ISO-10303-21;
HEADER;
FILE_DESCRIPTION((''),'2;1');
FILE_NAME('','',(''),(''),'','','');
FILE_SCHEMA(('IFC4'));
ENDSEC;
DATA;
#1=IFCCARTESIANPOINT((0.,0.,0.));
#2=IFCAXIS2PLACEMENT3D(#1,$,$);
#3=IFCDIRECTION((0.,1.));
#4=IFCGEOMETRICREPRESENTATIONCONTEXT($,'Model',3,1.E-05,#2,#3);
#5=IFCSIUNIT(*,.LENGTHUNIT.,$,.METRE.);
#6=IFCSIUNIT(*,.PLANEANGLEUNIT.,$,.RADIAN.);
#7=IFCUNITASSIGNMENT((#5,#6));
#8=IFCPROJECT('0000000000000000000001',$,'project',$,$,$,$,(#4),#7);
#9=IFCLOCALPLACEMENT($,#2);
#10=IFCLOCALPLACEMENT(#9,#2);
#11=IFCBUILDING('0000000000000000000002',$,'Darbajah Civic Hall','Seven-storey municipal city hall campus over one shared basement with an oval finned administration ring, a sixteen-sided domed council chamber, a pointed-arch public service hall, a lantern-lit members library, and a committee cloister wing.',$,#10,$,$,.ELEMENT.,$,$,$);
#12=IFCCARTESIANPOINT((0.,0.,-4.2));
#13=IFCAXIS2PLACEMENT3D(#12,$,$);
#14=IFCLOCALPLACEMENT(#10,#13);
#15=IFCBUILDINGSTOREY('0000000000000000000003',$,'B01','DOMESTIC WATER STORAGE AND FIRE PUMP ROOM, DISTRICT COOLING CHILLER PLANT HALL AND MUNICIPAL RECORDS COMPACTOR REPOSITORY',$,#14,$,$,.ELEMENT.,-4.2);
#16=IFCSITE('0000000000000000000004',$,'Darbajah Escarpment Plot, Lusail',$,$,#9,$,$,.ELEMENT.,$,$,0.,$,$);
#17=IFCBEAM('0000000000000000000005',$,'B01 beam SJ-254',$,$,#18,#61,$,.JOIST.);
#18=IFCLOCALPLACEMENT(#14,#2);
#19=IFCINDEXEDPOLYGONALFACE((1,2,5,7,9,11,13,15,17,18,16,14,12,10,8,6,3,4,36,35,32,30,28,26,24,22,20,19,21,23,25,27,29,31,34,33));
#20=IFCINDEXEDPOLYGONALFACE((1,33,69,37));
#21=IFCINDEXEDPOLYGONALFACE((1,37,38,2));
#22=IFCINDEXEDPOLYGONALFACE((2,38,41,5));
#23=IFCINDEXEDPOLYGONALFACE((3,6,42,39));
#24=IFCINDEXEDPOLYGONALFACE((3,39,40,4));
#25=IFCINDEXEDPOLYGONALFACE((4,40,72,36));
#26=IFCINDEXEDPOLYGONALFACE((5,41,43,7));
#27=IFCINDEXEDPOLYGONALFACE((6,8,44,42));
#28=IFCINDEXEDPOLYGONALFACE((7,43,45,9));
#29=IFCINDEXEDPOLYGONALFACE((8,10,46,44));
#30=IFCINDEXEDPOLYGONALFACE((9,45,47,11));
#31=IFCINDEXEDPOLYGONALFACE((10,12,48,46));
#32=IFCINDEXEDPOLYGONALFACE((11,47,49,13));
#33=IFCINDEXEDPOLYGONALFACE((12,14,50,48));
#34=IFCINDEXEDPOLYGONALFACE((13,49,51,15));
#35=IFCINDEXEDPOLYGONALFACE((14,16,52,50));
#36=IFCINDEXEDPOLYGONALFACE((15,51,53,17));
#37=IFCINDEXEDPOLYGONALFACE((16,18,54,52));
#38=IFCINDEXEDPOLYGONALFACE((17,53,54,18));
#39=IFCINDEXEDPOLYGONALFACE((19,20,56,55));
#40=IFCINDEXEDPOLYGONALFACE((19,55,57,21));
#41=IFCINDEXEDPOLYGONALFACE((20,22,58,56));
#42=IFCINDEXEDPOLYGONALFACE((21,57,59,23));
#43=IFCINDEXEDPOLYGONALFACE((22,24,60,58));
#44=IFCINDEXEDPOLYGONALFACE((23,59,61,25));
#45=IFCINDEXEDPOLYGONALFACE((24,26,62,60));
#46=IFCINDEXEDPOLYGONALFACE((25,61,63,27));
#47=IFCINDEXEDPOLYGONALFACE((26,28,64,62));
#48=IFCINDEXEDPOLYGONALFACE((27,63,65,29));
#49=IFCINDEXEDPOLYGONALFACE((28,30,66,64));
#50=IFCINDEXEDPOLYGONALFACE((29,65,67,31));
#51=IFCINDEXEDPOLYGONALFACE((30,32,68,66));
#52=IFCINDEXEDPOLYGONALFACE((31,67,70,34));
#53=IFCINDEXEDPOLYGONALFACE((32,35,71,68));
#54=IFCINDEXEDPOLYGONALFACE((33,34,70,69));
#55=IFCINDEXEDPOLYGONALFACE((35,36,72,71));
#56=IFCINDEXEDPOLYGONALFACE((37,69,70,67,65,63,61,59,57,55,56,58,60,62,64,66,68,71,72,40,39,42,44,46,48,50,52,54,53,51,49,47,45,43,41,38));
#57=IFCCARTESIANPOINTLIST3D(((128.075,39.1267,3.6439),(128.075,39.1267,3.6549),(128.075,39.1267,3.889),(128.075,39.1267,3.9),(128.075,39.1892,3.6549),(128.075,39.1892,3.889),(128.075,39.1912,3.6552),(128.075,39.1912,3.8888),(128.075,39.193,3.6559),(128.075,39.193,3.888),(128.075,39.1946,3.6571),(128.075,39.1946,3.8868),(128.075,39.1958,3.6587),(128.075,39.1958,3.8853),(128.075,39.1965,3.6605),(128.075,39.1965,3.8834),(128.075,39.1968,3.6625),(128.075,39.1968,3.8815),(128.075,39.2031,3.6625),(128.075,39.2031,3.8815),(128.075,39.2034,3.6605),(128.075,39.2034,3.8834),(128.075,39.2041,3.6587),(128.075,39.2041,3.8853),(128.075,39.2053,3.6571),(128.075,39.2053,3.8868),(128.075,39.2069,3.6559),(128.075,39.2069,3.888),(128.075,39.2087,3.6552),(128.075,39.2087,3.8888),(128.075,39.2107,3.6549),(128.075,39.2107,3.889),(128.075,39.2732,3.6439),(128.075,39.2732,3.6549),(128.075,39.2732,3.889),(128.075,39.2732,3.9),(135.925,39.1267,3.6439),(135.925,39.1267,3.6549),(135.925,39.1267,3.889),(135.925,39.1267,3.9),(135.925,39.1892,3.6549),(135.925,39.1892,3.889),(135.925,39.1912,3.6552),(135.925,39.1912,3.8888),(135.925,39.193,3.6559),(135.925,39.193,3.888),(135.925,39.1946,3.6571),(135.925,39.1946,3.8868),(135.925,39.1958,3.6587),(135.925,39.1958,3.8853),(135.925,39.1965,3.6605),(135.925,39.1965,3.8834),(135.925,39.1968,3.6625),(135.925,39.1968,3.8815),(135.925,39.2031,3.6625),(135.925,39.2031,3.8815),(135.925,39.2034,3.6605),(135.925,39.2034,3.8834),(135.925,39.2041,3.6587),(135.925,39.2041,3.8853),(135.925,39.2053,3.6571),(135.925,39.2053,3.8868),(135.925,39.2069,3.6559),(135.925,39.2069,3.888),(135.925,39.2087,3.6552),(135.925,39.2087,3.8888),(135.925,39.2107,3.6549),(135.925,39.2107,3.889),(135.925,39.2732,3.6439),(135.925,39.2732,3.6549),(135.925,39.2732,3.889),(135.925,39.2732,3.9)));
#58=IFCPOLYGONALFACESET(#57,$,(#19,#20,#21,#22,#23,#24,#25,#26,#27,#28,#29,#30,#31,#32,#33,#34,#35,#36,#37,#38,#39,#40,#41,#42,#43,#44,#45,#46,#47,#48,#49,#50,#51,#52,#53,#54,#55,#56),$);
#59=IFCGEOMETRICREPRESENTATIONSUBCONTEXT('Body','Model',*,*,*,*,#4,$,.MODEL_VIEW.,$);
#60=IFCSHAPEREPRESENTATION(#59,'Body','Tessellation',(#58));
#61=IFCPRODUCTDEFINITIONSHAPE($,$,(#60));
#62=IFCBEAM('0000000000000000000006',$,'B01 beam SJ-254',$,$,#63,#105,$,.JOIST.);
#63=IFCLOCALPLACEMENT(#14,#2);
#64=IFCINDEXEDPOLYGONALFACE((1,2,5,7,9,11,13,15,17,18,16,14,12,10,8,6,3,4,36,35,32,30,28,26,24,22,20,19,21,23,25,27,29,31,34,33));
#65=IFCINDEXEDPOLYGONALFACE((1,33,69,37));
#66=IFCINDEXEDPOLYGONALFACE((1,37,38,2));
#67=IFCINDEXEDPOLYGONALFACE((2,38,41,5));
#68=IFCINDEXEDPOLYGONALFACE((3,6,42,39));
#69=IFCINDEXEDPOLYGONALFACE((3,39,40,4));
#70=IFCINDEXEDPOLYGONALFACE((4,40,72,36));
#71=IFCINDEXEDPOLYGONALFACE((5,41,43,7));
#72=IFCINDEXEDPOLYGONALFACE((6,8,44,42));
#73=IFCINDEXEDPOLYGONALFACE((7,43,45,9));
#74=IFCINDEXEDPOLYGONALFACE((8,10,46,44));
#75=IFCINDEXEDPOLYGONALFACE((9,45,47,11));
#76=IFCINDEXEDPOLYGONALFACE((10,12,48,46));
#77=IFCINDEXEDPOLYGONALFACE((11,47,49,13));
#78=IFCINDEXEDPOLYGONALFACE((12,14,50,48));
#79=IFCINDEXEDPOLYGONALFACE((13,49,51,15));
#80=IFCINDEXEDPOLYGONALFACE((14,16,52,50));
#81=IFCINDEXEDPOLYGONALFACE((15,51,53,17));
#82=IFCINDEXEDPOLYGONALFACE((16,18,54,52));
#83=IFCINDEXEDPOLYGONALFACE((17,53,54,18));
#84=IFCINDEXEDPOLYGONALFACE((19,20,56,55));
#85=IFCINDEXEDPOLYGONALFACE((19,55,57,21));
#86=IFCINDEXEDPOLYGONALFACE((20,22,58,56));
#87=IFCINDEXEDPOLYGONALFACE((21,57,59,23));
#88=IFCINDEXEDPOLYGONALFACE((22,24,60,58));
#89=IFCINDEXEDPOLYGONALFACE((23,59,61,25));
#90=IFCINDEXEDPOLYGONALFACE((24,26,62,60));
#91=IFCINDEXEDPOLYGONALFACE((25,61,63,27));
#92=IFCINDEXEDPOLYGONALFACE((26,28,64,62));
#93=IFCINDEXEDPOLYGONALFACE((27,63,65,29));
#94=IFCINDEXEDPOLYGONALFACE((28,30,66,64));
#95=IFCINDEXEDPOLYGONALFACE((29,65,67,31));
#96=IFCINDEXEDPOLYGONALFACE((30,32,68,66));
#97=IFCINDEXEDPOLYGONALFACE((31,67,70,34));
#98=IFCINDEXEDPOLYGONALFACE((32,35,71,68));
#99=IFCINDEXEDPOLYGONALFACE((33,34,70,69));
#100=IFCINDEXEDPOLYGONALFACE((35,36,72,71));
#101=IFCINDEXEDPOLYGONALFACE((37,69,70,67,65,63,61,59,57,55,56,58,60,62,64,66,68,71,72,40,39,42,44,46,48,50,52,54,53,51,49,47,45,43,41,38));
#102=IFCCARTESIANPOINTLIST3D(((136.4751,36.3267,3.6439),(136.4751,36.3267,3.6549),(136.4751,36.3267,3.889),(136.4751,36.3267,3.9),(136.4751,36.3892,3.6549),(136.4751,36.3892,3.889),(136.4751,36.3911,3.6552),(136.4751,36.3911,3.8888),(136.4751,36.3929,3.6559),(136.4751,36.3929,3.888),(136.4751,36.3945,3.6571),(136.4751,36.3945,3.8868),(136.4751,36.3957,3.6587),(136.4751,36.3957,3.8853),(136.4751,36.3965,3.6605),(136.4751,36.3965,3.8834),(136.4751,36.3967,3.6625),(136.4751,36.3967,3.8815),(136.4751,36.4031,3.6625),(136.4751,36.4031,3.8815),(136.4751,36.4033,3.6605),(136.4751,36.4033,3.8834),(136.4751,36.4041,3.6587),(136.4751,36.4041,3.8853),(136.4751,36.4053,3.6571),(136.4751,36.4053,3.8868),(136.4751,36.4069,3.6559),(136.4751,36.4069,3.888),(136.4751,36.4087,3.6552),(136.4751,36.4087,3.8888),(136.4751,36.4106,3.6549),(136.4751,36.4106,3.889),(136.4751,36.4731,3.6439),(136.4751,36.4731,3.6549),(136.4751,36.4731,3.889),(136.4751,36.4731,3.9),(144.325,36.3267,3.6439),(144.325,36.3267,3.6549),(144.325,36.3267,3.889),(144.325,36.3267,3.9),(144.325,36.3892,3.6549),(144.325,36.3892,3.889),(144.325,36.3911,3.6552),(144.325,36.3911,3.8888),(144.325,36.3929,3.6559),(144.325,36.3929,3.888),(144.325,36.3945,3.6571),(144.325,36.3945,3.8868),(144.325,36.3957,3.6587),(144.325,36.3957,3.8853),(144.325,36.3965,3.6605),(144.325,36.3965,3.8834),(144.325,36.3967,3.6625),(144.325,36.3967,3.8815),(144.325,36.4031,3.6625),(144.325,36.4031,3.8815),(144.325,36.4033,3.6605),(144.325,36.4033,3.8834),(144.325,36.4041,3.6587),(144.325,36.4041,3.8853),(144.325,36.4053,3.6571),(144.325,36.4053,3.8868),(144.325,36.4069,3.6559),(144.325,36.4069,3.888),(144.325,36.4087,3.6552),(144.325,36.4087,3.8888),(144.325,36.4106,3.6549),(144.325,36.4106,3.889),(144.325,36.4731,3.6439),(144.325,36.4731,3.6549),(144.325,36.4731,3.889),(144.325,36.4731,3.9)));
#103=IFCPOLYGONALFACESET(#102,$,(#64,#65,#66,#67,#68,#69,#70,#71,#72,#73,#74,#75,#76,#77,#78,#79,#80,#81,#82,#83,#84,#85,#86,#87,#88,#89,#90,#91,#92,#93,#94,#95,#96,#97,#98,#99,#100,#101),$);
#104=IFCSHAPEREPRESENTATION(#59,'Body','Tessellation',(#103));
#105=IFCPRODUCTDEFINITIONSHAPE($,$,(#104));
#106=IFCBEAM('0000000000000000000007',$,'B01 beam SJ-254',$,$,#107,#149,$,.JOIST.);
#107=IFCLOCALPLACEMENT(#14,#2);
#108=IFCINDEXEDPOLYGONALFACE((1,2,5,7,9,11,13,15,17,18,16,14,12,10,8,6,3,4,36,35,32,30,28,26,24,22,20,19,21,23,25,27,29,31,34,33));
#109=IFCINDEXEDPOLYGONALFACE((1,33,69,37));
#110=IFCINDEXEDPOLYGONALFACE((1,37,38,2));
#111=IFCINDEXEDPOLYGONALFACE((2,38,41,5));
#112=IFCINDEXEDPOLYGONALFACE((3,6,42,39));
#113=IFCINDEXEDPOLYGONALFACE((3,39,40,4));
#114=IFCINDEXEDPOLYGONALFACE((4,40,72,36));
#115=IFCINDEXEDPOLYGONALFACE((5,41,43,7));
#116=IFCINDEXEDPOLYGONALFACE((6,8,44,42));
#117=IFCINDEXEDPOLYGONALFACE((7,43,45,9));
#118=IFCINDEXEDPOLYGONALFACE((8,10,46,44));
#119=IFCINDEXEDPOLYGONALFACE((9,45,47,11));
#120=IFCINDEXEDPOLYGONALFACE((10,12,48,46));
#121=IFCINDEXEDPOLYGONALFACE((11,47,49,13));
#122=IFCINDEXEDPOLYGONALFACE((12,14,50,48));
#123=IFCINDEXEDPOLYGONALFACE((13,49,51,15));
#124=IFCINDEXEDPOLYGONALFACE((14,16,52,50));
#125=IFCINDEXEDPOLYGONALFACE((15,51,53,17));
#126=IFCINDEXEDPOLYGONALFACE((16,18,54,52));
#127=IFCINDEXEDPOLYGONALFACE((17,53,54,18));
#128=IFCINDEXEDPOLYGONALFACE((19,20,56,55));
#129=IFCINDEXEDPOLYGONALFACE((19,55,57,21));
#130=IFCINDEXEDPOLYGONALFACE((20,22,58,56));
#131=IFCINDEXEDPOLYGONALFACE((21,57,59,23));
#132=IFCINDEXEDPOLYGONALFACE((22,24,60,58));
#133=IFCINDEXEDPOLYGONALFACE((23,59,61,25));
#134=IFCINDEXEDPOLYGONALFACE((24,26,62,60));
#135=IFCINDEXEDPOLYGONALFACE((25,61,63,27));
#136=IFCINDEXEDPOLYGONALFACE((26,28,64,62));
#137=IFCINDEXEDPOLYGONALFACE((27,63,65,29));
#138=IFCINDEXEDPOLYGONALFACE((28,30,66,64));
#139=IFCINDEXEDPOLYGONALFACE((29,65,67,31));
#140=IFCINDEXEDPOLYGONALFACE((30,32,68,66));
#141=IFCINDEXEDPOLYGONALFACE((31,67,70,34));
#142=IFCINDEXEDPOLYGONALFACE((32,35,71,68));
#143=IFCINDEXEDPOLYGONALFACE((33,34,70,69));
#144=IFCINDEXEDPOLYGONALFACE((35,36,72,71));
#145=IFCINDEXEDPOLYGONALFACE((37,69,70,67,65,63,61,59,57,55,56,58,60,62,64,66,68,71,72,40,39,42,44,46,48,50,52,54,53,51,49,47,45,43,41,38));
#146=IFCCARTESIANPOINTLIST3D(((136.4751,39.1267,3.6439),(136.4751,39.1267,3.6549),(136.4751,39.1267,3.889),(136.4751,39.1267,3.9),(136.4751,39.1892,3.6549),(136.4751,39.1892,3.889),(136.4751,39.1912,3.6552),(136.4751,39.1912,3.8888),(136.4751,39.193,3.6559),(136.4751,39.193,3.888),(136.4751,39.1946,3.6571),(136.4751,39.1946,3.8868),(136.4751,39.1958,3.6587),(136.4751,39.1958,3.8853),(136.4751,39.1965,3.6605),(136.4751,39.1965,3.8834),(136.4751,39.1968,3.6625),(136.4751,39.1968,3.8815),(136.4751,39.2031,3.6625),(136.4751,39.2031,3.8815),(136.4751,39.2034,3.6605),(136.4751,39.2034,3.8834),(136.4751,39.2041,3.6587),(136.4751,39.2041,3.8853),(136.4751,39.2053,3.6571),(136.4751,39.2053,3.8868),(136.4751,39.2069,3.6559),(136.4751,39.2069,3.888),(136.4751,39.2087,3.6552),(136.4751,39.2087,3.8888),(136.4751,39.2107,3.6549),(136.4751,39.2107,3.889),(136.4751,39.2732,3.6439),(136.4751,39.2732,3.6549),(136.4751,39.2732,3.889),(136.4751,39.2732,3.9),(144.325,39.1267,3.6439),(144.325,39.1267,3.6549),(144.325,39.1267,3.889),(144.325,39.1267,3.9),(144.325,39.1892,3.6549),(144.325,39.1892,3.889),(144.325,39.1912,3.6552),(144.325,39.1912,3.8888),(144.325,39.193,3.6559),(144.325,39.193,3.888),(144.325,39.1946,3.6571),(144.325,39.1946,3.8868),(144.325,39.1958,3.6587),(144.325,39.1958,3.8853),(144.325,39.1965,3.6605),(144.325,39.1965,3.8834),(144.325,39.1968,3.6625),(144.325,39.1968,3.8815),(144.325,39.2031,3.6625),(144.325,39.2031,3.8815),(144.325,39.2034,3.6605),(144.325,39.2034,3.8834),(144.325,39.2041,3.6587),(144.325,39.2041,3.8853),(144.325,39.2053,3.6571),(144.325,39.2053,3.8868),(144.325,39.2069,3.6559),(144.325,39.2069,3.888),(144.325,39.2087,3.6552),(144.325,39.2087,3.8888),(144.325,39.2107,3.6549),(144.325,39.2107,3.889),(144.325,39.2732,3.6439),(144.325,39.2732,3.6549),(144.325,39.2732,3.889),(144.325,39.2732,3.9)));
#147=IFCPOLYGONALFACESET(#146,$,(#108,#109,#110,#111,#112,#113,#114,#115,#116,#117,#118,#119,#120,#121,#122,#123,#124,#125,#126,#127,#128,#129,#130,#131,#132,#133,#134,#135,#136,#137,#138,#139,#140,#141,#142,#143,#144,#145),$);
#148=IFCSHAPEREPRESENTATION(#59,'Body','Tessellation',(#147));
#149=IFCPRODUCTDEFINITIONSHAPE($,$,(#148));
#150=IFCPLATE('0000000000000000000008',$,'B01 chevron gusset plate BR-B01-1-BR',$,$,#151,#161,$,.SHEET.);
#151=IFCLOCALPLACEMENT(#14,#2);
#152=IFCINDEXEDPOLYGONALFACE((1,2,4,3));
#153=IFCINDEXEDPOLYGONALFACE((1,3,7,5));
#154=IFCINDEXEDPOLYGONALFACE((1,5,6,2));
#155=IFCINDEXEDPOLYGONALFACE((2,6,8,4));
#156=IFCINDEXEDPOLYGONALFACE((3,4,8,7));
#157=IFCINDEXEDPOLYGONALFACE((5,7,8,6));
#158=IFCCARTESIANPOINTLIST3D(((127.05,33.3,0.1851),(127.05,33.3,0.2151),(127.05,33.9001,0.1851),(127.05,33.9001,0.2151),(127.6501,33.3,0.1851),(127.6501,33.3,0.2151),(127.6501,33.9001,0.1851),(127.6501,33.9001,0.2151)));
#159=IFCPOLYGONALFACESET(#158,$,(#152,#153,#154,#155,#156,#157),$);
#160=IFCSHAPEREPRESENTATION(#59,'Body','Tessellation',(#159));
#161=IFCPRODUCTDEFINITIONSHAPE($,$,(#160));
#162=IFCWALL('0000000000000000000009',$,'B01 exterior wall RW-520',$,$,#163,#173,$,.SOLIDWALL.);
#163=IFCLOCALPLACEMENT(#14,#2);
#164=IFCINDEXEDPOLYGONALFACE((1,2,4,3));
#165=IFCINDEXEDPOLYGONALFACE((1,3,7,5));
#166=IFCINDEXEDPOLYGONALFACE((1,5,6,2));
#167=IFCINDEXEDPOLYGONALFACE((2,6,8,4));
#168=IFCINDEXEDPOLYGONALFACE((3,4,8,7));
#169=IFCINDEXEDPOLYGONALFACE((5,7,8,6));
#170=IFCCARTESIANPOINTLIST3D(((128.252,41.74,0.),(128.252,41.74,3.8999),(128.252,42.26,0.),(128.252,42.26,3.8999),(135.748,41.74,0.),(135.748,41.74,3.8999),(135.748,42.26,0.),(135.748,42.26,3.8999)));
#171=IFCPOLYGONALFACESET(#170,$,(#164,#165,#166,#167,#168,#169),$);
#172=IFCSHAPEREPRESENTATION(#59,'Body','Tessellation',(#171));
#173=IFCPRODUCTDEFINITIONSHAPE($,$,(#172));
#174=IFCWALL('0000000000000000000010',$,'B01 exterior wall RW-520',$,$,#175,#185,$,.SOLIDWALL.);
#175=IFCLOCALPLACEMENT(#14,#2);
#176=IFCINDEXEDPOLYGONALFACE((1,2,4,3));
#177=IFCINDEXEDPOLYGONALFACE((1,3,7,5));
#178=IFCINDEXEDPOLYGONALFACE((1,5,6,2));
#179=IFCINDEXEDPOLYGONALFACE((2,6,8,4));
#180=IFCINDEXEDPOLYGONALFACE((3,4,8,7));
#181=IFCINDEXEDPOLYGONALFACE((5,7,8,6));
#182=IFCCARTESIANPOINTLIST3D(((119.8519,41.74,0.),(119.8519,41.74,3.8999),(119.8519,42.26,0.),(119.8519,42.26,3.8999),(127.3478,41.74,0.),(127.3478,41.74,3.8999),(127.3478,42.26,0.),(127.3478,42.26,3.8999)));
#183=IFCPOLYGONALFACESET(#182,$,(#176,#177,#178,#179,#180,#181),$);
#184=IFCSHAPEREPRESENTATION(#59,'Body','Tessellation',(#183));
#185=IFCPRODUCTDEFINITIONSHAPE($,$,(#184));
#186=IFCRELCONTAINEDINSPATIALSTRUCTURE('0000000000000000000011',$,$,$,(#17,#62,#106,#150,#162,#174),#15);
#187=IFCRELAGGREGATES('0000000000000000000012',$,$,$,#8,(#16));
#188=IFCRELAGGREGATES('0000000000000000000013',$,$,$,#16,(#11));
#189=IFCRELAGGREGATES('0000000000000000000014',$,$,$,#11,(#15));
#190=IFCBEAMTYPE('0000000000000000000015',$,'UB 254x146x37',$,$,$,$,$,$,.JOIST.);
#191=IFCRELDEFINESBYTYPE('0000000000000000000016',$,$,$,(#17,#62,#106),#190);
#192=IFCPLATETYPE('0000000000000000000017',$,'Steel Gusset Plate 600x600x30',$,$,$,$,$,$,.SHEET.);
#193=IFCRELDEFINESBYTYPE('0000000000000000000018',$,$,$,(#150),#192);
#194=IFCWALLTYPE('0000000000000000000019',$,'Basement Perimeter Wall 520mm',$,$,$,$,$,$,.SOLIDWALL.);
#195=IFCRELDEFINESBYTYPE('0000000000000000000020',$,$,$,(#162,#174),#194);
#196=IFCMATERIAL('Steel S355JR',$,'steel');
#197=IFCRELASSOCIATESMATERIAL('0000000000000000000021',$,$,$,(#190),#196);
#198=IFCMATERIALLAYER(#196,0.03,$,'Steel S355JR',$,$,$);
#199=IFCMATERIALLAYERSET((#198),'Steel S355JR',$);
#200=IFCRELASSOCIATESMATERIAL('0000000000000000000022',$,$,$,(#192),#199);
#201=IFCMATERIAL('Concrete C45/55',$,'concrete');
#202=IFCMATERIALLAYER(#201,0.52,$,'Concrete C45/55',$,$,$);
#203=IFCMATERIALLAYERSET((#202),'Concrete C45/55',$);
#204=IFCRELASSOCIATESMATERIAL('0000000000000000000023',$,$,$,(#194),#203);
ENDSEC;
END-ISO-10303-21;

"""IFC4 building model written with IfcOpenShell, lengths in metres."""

from ifc_helpers import new_model, si_unit, direction, frame, frame_2d, origin, origin_2d, place, context, subcontext, project, spatial, rectangle, i_section, extrude, material, layer, layer_set, material_profile, profile_set, type_object, element, save


model = new_model("IFC4")

# Units and contexts
model_context = context("Model", 3, precision=1e-05, world=origin(), true_north=direction((0.0, 1.0)))
body_context = subcontext(model_context, "Body", "Model", "MODEL_VIEW")
ifc_project = project(units=[si_unit("LENGTHUNIT", "METRE"), si_unit("PLANEANGLEUNIT", "RADIAN")], contexts=[model_context])

# Site, building, storey
site_placement = place(None, origin())
site = spatial("IfcSite", under=ifc_project, at=site_placement, Name="Darbajah Escarpment Plot, Lusail", CompositionType="ELEMENT", RefElevation=0.0)
building_placement = place(site_placement, origin())
building = spatial("IfcBuilding", under=site, at=building_placement, Name="Darbajah Civic Hall", Description="Seven-storey municipal city hall campus over one shared basement with an oval finned administration ring, a sixteen-sided domed council chamber, a pointed-arch public service hall, a lantern-lit members library, and a committee cloister wing.", CompositionType="ELEMENT")
storey_placement = place(building_placement, frame((0.0, 0.0, -4.2)))
storey = spatial("IfcBuildingStorey", under=building, at=storey_placement, Name="B01", Description="DOMESTIC WATER STORAGE AND FIRE PUMP ROOM, DISTRICT COOLING CHILLER PLANT HALL AND MUNICIPAL RECORDS COMPACTOR REPOSITORY", CompositionType="ELEMENT", Elevation=-4.2)

# Shared definitions
ifc_material_1 = material(Name="Concrete C45/55", Category="concrete")

# Beams
ifc_material_2 = material(Name="Steel S355JR", Category="steel")
ifc_material_profile_1 = material_profile(ifc_material_2, i_section(OverallWidth=0.1465, OverallDepth=0.2561, WebThickness=0.0063, FlangeThickness=0.011, FilletRadius=0.0076, at=origin_2d()), Name="UB 254x146x37")
ifc_profile_set_1 = profile_set([ifc_material_profile_1], Name="Steel S355JR")
beam_type_1 = type_object("IfcBeamType", Name="UB 254x146x37", PredefinedType="JOIST", material=ifc_profile_set_1)
for number, where, z_axis, x_axis, name in (
    (1, (128.075, 39.2, 3.772), (1.0, 0.0, 0.0), (0.0, 1.0, 0.0), "B01 beam SJ-254"),
):
    element("IfcBeam", number, at=place(storey_placement, frame(where, z_axis=z_axis, x_axis=x_axis)), inside=storey, type_object=beam_type_1, Name=name, PredefinedType="JOIST", context=body_context, shape_type="SweptSolid", body=[
        extrude(i_section(OverallWidth=0.1465, OverallDepth=0.2561, WebThickness=0.0063, FlangeThickness=0.011, FilletRadius=0.0076, at=origin_2d()), origin(), (0.0, 0.0, 1.0), 7.8501),
    ])
for number, where, z_axis, x_axis, name in (
    (2, (136.4751, 36.3999, 3.772), (1.0, 0.0, 0.0), (0.0, 1.0, 0.0), "B01 beam SJ-254"),
    (3, (136.4751, 39.2, 3.772), (1.0, 0.0, 0.0), (0.0, 1.0, 0.0), "B01 beam SJ-254"),
):
    element("IfcBeam", number, at=place(storey_placement, frame(where, z_axis=z_axis, x_axis=x_axis)), inside=storey, type_object=beam_type_1, Name=name, PredefinedType="JOIST", context=body_context, shape_type="SweptSolid", body=[
        extrude(i_section(OverallWidth=0.1465, OverallDepth=0.2561, WebThickness=0.0063, FlangeThickness=0.011, FilletRadius=0.0076, at=origin_2d()), origin(), (0.0, 0.0, 1.0), 7.8499),
    ])

# Plate
ifc_layer_1 = layer(ifc_material_2, 0.03, Name="Steel S355JR")
ifc_layer_set_1 = layer_set([ifc_layer_1], Name="Steel S355JR")
plate_type = type_object("IfcPlateType", Name="Steel Gusset Plate 600x600x30", PredefinedType="SHEET", material=ifc_layer_set_1)
plate_placement = place(storey_placement, frame((127.3501, 33.6001, 0.1851), z_axis=(0.0, 0.0, 1.0), x_axis=(1.0, 0.0, 0.0)))
element("IfcPlate", 4, at=plate_placement, inside=storey, type_object=plate_type, Name="B01 chevron gusset plate BR-B01-1-BR", PredefinedType="SHEET", context=body_context, shape_type="SweptSolid", body=[
    extrude(rectangle(XDim=0.6001, YDim=0.6001, at=origin_2d()), origin(), (0.0, 0.0, 1.0), 0.03),
])

# Walls
ifc_layer_2 = layer(ifc_material_1, 0.52, Name="Concrete C45/55")
ifc_layer_set_2 = layer_set([ifc_layer_2], Name="Concrete C45/55")
wall_type = type_object("IfcWallType", Name="Basement Perimeter Wall 520mm", PredefinedType="SOLIDWALL", material=ifc_layer_set_2)
wall_1_placement = place(storey_placement, frame((135.748, 42.0, 0.0), z_axis=(0.0, 0.0, 1.0), x_axis=(-1.0, 0.0, 0.0)))
element("IfcWall", 5, at=wall_1_placement, inside=storey, type_object=wall_type, Name="B01 exterior wall RW-520", PredefinedType="SOLIDWALL", context=body_context, shape_type="SweptSolid", body=[
    extrude(rectangle(XDim=7.4961, YDim=0.52, at=frame_2d((3.748, 0.0))), origin(), (0.0, 0.0, 1.0), 3.8999),
])
wall_2_placement = place(storey_placement, frame((127.3479, 42.0, 0.0), z_axis=(0.0, 0.0, 1.0), x_axis=(-1.0, 0.0, 0.0)))
element("IfcWall", 6, at=wall_2_placement, inside=storey, type_object=wall_type, Name="B01 exterior wall RW-520", PredefinedType="SOLIDWALL", context=body_context, shape_type="SweptSolid", body=[
    extrude(rectangle(XDim=7.4958, YDim=0.52, at=frame_2d((3.748, 0.0))), origin(), (0.0, 0.0, 1.0), 3.8999),
])

save(model, "model.ifc")
